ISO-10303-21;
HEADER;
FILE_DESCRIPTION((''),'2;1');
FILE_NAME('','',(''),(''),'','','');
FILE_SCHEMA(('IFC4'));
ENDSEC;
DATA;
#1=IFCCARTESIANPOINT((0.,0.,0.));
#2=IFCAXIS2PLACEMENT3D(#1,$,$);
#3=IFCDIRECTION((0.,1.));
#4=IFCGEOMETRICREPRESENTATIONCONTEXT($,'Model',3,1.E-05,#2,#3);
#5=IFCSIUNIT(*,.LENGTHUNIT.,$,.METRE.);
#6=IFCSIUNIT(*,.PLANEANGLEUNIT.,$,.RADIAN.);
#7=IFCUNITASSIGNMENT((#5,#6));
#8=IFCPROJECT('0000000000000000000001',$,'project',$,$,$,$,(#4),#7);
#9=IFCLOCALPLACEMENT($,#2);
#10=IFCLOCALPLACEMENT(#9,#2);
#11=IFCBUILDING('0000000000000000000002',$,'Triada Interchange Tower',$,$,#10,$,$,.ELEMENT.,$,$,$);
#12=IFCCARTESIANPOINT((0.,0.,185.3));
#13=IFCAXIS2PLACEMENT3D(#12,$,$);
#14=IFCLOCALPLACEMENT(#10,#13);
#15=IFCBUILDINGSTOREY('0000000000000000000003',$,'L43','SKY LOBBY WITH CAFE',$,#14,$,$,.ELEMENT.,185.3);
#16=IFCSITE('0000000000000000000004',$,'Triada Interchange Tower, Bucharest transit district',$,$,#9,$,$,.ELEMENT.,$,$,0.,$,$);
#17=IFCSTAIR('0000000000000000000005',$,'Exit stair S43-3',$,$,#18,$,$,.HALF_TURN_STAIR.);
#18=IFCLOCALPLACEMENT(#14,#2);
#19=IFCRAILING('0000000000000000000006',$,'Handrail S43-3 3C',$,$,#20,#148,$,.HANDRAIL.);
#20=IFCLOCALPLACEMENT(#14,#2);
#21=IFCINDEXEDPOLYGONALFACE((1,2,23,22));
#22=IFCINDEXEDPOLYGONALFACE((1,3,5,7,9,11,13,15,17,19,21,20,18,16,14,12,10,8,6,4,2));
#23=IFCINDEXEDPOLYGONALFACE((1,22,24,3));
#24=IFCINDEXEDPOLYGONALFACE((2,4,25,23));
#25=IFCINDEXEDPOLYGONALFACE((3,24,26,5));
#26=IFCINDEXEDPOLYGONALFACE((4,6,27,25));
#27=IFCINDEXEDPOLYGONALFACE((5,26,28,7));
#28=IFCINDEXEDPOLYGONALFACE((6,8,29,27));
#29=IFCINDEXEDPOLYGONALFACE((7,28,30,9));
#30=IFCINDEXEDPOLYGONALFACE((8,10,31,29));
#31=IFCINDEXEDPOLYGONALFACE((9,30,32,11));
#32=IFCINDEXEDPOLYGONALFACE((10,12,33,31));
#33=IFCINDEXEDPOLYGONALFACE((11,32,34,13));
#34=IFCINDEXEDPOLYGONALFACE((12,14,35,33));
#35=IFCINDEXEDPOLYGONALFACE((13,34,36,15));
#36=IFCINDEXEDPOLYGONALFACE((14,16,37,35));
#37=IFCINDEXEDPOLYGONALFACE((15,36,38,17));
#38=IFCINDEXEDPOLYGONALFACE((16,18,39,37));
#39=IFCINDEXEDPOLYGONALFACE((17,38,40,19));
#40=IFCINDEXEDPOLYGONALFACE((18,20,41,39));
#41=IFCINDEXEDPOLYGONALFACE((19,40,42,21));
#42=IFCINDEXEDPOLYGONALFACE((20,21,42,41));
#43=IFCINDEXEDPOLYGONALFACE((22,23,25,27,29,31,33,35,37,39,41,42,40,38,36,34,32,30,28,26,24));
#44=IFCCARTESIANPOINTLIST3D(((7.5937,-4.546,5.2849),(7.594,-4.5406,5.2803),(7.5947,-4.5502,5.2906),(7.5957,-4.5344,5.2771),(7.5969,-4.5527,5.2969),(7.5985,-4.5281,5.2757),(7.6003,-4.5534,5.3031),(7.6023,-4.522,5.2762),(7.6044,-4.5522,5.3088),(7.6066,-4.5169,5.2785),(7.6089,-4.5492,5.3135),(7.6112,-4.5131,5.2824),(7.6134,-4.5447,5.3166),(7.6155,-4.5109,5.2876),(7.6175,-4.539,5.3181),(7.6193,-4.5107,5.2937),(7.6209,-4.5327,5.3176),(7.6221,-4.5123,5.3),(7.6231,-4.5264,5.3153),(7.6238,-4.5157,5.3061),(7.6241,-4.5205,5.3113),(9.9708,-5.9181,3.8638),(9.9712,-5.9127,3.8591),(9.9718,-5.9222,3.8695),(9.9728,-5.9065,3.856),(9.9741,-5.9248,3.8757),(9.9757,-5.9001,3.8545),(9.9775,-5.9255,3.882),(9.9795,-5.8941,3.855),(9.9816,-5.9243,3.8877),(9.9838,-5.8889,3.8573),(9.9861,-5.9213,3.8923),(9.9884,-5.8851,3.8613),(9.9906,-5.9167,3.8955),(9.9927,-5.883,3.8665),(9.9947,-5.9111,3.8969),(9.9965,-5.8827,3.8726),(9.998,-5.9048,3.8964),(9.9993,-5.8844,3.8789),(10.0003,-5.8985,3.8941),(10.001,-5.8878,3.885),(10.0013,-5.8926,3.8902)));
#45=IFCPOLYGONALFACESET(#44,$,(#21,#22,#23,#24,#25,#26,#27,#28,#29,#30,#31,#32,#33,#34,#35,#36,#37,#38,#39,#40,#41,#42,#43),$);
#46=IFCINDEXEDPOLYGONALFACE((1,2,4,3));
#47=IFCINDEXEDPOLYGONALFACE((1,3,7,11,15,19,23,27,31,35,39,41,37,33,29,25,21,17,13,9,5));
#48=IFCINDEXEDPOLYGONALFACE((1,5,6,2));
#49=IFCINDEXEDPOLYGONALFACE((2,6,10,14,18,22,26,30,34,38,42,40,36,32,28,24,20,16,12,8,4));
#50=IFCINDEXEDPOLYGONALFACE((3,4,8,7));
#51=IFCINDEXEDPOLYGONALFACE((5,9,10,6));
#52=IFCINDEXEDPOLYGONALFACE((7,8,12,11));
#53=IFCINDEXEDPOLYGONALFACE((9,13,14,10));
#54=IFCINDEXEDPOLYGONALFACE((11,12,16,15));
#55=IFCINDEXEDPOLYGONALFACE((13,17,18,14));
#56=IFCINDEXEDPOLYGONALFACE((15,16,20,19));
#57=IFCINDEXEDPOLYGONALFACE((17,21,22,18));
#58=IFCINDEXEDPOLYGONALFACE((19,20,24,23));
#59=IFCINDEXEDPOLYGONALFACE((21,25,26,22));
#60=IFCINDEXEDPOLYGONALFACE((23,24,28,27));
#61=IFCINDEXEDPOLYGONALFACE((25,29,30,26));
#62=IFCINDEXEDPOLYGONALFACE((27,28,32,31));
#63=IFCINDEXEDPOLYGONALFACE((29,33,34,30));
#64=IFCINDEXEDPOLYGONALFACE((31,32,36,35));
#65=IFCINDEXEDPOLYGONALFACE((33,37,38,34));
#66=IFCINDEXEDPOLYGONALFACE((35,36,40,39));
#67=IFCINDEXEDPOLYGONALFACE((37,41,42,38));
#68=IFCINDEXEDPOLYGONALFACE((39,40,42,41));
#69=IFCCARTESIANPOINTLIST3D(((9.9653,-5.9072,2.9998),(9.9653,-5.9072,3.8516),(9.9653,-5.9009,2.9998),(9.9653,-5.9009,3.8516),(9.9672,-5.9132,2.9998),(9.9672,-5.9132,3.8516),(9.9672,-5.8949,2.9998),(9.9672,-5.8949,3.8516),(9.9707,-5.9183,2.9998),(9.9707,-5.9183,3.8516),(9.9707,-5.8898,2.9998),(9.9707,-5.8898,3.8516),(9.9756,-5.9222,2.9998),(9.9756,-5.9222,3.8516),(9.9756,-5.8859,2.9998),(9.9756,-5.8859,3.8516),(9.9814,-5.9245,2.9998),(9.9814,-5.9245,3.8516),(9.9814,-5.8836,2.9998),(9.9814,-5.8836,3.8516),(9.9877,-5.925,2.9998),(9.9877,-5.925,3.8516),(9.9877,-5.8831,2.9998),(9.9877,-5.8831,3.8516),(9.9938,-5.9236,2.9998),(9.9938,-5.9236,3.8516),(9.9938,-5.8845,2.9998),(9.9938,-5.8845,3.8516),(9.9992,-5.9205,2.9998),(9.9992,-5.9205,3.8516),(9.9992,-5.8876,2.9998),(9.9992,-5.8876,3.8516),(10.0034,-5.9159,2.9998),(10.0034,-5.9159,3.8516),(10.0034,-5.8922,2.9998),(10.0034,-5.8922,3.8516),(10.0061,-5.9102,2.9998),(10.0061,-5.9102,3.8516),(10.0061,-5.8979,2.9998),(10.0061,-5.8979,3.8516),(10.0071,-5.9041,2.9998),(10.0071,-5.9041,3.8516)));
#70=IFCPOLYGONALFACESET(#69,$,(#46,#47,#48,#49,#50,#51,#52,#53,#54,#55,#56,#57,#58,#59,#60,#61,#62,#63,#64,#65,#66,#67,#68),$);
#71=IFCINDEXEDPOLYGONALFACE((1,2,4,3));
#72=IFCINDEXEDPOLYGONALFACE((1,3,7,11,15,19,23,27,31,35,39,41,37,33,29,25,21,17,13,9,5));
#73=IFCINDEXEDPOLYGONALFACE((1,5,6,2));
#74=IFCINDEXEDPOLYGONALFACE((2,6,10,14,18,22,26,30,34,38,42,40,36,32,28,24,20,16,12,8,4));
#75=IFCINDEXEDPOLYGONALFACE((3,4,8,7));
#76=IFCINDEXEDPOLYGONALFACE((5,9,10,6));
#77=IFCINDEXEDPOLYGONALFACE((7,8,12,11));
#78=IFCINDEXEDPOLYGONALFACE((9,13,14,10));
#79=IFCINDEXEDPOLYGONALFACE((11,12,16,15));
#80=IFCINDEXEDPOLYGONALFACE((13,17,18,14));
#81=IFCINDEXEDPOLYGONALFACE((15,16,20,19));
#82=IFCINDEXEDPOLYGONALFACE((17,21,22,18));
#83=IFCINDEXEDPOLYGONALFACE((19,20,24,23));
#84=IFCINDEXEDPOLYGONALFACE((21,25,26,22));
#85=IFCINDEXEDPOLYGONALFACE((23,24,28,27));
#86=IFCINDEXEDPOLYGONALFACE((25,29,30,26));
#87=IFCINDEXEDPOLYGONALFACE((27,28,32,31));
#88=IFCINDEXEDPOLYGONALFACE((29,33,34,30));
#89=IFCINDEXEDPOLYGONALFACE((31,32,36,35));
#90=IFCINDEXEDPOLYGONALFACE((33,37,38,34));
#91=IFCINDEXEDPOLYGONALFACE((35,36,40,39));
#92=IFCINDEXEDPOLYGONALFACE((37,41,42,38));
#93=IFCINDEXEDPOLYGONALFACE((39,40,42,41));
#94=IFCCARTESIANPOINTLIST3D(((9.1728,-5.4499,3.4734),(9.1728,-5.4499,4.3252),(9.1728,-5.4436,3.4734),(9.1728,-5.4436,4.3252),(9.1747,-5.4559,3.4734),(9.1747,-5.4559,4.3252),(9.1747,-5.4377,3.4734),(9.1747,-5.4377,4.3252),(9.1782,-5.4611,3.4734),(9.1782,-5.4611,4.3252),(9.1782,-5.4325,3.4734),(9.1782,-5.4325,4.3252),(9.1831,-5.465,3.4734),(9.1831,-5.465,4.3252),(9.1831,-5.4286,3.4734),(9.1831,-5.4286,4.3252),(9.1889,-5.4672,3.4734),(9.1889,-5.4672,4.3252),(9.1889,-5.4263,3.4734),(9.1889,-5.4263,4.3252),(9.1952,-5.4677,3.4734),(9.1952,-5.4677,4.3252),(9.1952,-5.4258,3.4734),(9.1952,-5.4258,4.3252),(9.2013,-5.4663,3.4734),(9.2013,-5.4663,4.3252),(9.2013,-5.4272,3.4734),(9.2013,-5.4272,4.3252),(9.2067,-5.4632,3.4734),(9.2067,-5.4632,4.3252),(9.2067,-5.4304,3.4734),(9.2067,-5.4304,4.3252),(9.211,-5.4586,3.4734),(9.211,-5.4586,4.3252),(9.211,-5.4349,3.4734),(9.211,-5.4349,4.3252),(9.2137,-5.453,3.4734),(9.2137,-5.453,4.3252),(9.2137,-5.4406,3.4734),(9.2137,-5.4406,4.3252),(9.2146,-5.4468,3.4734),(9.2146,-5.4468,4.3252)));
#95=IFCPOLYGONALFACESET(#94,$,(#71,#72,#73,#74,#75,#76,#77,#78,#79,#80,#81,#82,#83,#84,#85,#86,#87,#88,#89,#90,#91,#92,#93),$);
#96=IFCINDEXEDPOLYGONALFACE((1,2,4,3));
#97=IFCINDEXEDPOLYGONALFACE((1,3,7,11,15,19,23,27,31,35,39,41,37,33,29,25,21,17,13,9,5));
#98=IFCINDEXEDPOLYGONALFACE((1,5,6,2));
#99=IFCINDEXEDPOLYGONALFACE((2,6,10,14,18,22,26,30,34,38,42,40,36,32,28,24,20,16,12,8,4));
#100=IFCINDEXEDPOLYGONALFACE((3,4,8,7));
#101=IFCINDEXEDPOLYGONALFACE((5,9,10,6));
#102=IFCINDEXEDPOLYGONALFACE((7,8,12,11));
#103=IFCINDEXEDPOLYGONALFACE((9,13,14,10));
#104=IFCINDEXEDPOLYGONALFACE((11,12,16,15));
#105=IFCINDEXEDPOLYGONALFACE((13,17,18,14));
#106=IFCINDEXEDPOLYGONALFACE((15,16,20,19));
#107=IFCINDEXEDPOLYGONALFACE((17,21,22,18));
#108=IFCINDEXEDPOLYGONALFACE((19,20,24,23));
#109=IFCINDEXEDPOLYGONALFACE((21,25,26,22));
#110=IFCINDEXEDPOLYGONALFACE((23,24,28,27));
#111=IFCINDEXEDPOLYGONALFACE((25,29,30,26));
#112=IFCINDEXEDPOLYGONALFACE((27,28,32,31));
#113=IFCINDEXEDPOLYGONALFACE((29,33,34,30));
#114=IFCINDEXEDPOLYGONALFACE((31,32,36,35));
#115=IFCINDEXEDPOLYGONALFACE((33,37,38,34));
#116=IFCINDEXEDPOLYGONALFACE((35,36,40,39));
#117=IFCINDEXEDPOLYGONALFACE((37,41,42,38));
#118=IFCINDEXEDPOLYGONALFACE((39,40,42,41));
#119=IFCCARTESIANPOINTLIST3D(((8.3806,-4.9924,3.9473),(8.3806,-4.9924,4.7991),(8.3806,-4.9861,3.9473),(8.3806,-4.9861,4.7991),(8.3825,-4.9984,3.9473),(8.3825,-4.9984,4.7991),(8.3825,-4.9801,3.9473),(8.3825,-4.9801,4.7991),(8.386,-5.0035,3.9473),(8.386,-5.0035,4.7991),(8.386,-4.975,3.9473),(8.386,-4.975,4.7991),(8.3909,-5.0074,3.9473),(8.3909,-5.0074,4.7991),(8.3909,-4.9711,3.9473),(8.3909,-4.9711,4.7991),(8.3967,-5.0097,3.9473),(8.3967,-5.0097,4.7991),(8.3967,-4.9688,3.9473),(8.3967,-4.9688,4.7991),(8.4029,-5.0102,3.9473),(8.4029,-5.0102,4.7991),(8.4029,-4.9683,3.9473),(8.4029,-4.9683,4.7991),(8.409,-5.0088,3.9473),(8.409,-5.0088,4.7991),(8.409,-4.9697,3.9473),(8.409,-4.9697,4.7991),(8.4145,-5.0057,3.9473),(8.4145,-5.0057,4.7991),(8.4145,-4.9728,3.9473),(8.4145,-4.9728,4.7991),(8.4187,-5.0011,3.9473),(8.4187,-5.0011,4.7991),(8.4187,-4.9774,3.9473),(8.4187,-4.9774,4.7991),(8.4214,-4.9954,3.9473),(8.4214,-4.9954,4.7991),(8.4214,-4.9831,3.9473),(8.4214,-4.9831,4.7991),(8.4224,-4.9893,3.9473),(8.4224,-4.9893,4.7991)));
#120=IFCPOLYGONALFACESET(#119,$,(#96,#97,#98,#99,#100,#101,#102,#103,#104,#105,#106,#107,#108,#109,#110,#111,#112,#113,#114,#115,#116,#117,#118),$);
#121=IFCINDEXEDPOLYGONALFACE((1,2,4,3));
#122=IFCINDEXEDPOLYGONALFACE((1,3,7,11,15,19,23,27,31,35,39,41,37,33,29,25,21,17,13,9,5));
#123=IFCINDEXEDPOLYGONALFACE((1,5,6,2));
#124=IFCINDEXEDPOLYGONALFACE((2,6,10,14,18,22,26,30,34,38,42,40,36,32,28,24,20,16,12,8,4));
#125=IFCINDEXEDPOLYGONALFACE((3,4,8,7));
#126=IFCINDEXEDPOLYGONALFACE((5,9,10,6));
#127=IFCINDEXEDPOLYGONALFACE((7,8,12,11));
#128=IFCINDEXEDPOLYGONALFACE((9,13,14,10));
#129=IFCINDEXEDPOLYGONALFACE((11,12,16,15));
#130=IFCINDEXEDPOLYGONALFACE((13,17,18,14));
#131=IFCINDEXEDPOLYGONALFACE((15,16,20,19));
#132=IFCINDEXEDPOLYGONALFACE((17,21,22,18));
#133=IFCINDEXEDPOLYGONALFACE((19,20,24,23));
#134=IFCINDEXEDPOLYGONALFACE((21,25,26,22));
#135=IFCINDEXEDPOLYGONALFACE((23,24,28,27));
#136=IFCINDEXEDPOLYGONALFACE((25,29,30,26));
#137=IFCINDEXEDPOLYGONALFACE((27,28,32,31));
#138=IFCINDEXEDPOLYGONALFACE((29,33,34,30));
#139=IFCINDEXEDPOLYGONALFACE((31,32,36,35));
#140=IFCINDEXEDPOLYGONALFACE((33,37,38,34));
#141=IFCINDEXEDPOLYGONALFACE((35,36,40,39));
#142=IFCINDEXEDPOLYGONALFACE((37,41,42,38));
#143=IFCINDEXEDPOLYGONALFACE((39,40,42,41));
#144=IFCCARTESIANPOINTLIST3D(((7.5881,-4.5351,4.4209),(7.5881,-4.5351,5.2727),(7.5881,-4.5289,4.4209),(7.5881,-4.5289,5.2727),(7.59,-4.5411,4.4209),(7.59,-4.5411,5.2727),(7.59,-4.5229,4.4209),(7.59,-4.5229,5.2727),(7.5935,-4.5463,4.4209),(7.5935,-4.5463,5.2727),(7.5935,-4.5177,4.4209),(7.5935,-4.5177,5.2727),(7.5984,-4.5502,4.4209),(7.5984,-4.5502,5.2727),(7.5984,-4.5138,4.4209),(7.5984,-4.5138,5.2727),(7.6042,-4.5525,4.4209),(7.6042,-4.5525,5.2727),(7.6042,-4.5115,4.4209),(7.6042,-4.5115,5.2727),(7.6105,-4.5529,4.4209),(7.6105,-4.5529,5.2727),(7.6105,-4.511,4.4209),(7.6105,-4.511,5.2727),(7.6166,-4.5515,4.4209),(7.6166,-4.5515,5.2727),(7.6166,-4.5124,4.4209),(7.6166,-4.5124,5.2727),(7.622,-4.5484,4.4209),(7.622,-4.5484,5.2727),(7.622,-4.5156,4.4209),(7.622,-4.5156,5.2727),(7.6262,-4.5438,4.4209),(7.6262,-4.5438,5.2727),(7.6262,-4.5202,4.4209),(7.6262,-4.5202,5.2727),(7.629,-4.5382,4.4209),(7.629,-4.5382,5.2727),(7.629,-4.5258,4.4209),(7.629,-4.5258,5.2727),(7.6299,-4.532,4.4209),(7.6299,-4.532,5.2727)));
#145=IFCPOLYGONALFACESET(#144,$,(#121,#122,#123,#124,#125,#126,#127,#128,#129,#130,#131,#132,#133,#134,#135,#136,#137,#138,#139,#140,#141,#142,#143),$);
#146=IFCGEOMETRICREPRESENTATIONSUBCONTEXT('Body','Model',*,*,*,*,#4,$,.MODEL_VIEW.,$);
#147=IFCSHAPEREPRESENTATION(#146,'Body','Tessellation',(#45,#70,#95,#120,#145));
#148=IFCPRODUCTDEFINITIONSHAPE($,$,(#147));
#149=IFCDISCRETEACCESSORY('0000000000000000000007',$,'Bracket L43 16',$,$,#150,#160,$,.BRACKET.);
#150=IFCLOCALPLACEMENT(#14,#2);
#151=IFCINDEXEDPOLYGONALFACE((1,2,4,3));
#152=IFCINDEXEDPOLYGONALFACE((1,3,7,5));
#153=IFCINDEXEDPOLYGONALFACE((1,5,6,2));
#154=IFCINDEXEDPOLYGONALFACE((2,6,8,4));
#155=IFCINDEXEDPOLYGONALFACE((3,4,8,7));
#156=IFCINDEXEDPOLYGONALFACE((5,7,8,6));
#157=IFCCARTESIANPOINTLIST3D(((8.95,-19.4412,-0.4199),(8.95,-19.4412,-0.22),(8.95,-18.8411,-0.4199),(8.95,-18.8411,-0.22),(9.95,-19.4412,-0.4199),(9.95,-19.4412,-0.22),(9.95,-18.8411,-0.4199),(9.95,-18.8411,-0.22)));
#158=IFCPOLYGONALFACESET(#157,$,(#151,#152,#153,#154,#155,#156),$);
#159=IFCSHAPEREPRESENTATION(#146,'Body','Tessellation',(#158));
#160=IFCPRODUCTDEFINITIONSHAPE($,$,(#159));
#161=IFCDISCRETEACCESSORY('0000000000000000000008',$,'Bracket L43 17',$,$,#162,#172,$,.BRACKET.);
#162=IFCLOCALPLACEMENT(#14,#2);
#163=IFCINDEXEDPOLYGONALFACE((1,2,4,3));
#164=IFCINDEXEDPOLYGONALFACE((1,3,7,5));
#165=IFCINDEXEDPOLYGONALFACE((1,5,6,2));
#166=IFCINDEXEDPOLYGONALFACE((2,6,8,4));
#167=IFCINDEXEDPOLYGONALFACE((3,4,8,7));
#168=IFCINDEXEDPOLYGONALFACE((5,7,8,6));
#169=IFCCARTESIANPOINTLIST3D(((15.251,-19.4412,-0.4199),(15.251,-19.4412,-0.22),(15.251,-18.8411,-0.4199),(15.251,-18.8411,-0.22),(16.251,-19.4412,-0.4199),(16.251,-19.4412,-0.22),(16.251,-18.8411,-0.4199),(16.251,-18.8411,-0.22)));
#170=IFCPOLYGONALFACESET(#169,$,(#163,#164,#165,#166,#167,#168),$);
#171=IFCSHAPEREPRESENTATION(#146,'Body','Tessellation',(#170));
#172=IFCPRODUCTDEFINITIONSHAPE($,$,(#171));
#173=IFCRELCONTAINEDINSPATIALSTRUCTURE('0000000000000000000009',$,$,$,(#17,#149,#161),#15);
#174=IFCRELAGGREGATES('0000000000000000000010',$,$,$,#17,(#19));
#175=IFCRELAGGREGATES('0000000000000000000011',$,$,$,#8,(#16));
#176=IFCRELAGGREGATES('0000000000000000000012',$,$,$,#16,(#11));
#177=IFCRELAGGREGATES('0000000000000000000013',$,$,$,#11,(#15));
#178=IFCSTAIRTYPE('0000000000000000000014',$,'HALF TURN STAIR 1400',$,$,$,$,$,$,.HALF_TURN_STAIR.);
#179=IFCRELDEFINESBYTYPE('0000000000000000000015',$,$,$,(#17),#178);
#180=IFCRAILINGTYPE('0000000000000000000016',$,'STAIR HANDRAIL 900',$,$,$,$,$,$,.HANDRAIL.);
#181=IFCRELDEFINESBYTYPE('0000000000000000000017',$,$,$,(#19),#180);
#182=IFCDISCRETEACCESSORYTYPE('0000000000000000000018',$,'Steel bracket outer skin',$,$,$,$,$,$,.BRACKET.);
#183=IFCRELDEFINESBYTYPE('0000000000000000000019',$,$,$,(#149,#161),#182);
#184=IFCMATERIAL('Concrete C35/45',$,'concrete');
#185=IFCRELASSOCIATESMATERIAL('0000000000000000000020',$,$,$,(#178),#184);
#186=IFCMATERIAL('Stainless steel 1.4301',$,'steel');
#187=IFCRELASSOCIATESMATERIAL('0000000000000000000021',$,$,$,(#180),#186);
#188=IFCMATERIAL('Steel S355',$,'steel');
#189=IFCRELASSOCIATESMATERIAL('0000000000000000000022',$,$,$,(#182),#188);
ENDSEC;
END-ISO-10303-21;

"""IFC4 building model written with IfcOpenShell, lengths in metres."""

from ifc_helpers import new_model, si_unit, direction, frame, origin, origin_2d, place, context, subcontext, project, spatial, rectangle, circle, extrude, material, type_object, element, aggregate, save


model = new_model("IFC4")

# Units and contexts
model_context = context("Model", 3, precision=1e-05, world=origin(), true_north=direction((0.0, 1.0)))
body_context = subcontext(model_context, "Body", "Model", "MODEL_VIEW")
ifc_project = project(units=[si_unit("LENGTHUNIT", "METRE"), si_unit("PLANEANGLEUNIT", "RADIAN")], contexts=[model_context])

# Site, building, storey
site_placement = place(None, origin())
site = spatial("IfcSite", under=ifc_project, at=site_placement, Name="Triada Interchange Tower, Bucharest transit district", CompositionType="ELEMENT", RefElevation=0.0)
building_placement = place(site_placement, origin())
building = spatial("IfcBuilding", under=site, at=building_placement, Name="Triada Interchange Tower", CompositionType="ELEMENT")
storey_placement = place(building_placement, frame((0.0, 0.0, 185.3)))
storey = spatial("IfcBuildingStorey", under=building, at=storey_placement, Name="L43", Description="SKY LOBBY WITH CAFE", CompositionType="ELEMENT", Elevation=185.3)

# Shared definitions
ifc_material_1 = material(Name="Concrete C35/45", Category="concrete")

# Stair
stair_type = type_object("IfcStairType", Name="HALF TURN STAIR 1400", PredefinedType="HALF_TURN_STAIR", material=ifc_material_1)
stair_placement = place(storey_placement, origin())
stair = element("IfcStair", 1, at=stair_placement, inside=storey, type_object=stair_type, Name="Exit stair S43-3", PredefinedType="HALF_TURN_STAIR")

# Railing
ifc_material_2 = material(Name="Stainless steel 1.4301", Category="steel")
railing_type_1 = type_object("IfcRailingType", Name="STAIR HANDRAIL 900", PredefinedType="HANDRAIL", material=ifc_material_2)
railing_1_placement = place(storey_placement, frame((9.9861, -5.9041, 2.9998)))
railing_1 = element("IfcRailing", 2, at=railing_1_placement, type_object=railing_type_1, Name="Handrail S43-3 3C", PredefinedType="HANDRAIL", context=body_context, shape_type="SweptSolid", body=[
    extrude(circle(Radius=0.0239, at=origin_2d()), frame((0.0, 0.0, 0.876), z_axis=(-0.769111, 0.443915, 0.459792), x_axis=(-0.499889, -0.866089, 0.0)), (0.0, 0.0, 1.0), 3.0908),
    extrude(circle(Radius=0.021, at=origin_2d()), origin(), (0.0, 0.0, 1.0), 0.8518),
    extrude(circle(Radius=0.021, at=origin_2d()), frame((-0.7925, 0.4573, 0.4736)), (0.0, 0.0, 1.0), 0.8518),
    extrude(circle(Radius=0.021, at=origin_2d()), frame((-1.5847, 0.9148, 0.9475)), (0.0, 0.0, 1.0), 0.8518),
    extrude(circle(Radius=0.021, at=origin_2d()), frame((-2.3772, 1.3721, 1.4211)), (0.0, 0.0, 1.0), 0.8518),
])
aggregate(stair, [railing_1])

# Discrete accessories
ifc_material_3 = material(Name="Steel S355", Category="steel")
discrete_accessory_type = type_object("IfcDiscreteAccessoryType", Name="Steel bracket outer skin", PredefinedType="BRACKET", material=ifc_material_3)
for number, where, z_axis, x_axis, name in (
    (3, (9.45, -19.1411, -0.4199), (0.0, 0.0, 1.0), (0.0, -1.0, 0.0), "Bracket L43 16"),
    (4, (15.751, -19.1411, -0.4199), (0.0, 0.0, 1.0), (0.0, -1.0, 0.0), "Bracket L43 17"),
):
    element("IfcDiscreteAccessory", number, at=place(storey_placement, frame(where, z_axis=z_axis, x_axis=x_axis)), inside=storey, type_object=discrete_accessory_type, Name=name, PredefinedType="BRACKET", context=body_context, shape_type="SweptSolid", body=[
        extrude(rectangle(XDim=0.6001, YDim=1.0, at=origin_2d()), origin(), (0.0, 0.0, 1.0), 0.2),
    ])

save(model, "model.ifc")
